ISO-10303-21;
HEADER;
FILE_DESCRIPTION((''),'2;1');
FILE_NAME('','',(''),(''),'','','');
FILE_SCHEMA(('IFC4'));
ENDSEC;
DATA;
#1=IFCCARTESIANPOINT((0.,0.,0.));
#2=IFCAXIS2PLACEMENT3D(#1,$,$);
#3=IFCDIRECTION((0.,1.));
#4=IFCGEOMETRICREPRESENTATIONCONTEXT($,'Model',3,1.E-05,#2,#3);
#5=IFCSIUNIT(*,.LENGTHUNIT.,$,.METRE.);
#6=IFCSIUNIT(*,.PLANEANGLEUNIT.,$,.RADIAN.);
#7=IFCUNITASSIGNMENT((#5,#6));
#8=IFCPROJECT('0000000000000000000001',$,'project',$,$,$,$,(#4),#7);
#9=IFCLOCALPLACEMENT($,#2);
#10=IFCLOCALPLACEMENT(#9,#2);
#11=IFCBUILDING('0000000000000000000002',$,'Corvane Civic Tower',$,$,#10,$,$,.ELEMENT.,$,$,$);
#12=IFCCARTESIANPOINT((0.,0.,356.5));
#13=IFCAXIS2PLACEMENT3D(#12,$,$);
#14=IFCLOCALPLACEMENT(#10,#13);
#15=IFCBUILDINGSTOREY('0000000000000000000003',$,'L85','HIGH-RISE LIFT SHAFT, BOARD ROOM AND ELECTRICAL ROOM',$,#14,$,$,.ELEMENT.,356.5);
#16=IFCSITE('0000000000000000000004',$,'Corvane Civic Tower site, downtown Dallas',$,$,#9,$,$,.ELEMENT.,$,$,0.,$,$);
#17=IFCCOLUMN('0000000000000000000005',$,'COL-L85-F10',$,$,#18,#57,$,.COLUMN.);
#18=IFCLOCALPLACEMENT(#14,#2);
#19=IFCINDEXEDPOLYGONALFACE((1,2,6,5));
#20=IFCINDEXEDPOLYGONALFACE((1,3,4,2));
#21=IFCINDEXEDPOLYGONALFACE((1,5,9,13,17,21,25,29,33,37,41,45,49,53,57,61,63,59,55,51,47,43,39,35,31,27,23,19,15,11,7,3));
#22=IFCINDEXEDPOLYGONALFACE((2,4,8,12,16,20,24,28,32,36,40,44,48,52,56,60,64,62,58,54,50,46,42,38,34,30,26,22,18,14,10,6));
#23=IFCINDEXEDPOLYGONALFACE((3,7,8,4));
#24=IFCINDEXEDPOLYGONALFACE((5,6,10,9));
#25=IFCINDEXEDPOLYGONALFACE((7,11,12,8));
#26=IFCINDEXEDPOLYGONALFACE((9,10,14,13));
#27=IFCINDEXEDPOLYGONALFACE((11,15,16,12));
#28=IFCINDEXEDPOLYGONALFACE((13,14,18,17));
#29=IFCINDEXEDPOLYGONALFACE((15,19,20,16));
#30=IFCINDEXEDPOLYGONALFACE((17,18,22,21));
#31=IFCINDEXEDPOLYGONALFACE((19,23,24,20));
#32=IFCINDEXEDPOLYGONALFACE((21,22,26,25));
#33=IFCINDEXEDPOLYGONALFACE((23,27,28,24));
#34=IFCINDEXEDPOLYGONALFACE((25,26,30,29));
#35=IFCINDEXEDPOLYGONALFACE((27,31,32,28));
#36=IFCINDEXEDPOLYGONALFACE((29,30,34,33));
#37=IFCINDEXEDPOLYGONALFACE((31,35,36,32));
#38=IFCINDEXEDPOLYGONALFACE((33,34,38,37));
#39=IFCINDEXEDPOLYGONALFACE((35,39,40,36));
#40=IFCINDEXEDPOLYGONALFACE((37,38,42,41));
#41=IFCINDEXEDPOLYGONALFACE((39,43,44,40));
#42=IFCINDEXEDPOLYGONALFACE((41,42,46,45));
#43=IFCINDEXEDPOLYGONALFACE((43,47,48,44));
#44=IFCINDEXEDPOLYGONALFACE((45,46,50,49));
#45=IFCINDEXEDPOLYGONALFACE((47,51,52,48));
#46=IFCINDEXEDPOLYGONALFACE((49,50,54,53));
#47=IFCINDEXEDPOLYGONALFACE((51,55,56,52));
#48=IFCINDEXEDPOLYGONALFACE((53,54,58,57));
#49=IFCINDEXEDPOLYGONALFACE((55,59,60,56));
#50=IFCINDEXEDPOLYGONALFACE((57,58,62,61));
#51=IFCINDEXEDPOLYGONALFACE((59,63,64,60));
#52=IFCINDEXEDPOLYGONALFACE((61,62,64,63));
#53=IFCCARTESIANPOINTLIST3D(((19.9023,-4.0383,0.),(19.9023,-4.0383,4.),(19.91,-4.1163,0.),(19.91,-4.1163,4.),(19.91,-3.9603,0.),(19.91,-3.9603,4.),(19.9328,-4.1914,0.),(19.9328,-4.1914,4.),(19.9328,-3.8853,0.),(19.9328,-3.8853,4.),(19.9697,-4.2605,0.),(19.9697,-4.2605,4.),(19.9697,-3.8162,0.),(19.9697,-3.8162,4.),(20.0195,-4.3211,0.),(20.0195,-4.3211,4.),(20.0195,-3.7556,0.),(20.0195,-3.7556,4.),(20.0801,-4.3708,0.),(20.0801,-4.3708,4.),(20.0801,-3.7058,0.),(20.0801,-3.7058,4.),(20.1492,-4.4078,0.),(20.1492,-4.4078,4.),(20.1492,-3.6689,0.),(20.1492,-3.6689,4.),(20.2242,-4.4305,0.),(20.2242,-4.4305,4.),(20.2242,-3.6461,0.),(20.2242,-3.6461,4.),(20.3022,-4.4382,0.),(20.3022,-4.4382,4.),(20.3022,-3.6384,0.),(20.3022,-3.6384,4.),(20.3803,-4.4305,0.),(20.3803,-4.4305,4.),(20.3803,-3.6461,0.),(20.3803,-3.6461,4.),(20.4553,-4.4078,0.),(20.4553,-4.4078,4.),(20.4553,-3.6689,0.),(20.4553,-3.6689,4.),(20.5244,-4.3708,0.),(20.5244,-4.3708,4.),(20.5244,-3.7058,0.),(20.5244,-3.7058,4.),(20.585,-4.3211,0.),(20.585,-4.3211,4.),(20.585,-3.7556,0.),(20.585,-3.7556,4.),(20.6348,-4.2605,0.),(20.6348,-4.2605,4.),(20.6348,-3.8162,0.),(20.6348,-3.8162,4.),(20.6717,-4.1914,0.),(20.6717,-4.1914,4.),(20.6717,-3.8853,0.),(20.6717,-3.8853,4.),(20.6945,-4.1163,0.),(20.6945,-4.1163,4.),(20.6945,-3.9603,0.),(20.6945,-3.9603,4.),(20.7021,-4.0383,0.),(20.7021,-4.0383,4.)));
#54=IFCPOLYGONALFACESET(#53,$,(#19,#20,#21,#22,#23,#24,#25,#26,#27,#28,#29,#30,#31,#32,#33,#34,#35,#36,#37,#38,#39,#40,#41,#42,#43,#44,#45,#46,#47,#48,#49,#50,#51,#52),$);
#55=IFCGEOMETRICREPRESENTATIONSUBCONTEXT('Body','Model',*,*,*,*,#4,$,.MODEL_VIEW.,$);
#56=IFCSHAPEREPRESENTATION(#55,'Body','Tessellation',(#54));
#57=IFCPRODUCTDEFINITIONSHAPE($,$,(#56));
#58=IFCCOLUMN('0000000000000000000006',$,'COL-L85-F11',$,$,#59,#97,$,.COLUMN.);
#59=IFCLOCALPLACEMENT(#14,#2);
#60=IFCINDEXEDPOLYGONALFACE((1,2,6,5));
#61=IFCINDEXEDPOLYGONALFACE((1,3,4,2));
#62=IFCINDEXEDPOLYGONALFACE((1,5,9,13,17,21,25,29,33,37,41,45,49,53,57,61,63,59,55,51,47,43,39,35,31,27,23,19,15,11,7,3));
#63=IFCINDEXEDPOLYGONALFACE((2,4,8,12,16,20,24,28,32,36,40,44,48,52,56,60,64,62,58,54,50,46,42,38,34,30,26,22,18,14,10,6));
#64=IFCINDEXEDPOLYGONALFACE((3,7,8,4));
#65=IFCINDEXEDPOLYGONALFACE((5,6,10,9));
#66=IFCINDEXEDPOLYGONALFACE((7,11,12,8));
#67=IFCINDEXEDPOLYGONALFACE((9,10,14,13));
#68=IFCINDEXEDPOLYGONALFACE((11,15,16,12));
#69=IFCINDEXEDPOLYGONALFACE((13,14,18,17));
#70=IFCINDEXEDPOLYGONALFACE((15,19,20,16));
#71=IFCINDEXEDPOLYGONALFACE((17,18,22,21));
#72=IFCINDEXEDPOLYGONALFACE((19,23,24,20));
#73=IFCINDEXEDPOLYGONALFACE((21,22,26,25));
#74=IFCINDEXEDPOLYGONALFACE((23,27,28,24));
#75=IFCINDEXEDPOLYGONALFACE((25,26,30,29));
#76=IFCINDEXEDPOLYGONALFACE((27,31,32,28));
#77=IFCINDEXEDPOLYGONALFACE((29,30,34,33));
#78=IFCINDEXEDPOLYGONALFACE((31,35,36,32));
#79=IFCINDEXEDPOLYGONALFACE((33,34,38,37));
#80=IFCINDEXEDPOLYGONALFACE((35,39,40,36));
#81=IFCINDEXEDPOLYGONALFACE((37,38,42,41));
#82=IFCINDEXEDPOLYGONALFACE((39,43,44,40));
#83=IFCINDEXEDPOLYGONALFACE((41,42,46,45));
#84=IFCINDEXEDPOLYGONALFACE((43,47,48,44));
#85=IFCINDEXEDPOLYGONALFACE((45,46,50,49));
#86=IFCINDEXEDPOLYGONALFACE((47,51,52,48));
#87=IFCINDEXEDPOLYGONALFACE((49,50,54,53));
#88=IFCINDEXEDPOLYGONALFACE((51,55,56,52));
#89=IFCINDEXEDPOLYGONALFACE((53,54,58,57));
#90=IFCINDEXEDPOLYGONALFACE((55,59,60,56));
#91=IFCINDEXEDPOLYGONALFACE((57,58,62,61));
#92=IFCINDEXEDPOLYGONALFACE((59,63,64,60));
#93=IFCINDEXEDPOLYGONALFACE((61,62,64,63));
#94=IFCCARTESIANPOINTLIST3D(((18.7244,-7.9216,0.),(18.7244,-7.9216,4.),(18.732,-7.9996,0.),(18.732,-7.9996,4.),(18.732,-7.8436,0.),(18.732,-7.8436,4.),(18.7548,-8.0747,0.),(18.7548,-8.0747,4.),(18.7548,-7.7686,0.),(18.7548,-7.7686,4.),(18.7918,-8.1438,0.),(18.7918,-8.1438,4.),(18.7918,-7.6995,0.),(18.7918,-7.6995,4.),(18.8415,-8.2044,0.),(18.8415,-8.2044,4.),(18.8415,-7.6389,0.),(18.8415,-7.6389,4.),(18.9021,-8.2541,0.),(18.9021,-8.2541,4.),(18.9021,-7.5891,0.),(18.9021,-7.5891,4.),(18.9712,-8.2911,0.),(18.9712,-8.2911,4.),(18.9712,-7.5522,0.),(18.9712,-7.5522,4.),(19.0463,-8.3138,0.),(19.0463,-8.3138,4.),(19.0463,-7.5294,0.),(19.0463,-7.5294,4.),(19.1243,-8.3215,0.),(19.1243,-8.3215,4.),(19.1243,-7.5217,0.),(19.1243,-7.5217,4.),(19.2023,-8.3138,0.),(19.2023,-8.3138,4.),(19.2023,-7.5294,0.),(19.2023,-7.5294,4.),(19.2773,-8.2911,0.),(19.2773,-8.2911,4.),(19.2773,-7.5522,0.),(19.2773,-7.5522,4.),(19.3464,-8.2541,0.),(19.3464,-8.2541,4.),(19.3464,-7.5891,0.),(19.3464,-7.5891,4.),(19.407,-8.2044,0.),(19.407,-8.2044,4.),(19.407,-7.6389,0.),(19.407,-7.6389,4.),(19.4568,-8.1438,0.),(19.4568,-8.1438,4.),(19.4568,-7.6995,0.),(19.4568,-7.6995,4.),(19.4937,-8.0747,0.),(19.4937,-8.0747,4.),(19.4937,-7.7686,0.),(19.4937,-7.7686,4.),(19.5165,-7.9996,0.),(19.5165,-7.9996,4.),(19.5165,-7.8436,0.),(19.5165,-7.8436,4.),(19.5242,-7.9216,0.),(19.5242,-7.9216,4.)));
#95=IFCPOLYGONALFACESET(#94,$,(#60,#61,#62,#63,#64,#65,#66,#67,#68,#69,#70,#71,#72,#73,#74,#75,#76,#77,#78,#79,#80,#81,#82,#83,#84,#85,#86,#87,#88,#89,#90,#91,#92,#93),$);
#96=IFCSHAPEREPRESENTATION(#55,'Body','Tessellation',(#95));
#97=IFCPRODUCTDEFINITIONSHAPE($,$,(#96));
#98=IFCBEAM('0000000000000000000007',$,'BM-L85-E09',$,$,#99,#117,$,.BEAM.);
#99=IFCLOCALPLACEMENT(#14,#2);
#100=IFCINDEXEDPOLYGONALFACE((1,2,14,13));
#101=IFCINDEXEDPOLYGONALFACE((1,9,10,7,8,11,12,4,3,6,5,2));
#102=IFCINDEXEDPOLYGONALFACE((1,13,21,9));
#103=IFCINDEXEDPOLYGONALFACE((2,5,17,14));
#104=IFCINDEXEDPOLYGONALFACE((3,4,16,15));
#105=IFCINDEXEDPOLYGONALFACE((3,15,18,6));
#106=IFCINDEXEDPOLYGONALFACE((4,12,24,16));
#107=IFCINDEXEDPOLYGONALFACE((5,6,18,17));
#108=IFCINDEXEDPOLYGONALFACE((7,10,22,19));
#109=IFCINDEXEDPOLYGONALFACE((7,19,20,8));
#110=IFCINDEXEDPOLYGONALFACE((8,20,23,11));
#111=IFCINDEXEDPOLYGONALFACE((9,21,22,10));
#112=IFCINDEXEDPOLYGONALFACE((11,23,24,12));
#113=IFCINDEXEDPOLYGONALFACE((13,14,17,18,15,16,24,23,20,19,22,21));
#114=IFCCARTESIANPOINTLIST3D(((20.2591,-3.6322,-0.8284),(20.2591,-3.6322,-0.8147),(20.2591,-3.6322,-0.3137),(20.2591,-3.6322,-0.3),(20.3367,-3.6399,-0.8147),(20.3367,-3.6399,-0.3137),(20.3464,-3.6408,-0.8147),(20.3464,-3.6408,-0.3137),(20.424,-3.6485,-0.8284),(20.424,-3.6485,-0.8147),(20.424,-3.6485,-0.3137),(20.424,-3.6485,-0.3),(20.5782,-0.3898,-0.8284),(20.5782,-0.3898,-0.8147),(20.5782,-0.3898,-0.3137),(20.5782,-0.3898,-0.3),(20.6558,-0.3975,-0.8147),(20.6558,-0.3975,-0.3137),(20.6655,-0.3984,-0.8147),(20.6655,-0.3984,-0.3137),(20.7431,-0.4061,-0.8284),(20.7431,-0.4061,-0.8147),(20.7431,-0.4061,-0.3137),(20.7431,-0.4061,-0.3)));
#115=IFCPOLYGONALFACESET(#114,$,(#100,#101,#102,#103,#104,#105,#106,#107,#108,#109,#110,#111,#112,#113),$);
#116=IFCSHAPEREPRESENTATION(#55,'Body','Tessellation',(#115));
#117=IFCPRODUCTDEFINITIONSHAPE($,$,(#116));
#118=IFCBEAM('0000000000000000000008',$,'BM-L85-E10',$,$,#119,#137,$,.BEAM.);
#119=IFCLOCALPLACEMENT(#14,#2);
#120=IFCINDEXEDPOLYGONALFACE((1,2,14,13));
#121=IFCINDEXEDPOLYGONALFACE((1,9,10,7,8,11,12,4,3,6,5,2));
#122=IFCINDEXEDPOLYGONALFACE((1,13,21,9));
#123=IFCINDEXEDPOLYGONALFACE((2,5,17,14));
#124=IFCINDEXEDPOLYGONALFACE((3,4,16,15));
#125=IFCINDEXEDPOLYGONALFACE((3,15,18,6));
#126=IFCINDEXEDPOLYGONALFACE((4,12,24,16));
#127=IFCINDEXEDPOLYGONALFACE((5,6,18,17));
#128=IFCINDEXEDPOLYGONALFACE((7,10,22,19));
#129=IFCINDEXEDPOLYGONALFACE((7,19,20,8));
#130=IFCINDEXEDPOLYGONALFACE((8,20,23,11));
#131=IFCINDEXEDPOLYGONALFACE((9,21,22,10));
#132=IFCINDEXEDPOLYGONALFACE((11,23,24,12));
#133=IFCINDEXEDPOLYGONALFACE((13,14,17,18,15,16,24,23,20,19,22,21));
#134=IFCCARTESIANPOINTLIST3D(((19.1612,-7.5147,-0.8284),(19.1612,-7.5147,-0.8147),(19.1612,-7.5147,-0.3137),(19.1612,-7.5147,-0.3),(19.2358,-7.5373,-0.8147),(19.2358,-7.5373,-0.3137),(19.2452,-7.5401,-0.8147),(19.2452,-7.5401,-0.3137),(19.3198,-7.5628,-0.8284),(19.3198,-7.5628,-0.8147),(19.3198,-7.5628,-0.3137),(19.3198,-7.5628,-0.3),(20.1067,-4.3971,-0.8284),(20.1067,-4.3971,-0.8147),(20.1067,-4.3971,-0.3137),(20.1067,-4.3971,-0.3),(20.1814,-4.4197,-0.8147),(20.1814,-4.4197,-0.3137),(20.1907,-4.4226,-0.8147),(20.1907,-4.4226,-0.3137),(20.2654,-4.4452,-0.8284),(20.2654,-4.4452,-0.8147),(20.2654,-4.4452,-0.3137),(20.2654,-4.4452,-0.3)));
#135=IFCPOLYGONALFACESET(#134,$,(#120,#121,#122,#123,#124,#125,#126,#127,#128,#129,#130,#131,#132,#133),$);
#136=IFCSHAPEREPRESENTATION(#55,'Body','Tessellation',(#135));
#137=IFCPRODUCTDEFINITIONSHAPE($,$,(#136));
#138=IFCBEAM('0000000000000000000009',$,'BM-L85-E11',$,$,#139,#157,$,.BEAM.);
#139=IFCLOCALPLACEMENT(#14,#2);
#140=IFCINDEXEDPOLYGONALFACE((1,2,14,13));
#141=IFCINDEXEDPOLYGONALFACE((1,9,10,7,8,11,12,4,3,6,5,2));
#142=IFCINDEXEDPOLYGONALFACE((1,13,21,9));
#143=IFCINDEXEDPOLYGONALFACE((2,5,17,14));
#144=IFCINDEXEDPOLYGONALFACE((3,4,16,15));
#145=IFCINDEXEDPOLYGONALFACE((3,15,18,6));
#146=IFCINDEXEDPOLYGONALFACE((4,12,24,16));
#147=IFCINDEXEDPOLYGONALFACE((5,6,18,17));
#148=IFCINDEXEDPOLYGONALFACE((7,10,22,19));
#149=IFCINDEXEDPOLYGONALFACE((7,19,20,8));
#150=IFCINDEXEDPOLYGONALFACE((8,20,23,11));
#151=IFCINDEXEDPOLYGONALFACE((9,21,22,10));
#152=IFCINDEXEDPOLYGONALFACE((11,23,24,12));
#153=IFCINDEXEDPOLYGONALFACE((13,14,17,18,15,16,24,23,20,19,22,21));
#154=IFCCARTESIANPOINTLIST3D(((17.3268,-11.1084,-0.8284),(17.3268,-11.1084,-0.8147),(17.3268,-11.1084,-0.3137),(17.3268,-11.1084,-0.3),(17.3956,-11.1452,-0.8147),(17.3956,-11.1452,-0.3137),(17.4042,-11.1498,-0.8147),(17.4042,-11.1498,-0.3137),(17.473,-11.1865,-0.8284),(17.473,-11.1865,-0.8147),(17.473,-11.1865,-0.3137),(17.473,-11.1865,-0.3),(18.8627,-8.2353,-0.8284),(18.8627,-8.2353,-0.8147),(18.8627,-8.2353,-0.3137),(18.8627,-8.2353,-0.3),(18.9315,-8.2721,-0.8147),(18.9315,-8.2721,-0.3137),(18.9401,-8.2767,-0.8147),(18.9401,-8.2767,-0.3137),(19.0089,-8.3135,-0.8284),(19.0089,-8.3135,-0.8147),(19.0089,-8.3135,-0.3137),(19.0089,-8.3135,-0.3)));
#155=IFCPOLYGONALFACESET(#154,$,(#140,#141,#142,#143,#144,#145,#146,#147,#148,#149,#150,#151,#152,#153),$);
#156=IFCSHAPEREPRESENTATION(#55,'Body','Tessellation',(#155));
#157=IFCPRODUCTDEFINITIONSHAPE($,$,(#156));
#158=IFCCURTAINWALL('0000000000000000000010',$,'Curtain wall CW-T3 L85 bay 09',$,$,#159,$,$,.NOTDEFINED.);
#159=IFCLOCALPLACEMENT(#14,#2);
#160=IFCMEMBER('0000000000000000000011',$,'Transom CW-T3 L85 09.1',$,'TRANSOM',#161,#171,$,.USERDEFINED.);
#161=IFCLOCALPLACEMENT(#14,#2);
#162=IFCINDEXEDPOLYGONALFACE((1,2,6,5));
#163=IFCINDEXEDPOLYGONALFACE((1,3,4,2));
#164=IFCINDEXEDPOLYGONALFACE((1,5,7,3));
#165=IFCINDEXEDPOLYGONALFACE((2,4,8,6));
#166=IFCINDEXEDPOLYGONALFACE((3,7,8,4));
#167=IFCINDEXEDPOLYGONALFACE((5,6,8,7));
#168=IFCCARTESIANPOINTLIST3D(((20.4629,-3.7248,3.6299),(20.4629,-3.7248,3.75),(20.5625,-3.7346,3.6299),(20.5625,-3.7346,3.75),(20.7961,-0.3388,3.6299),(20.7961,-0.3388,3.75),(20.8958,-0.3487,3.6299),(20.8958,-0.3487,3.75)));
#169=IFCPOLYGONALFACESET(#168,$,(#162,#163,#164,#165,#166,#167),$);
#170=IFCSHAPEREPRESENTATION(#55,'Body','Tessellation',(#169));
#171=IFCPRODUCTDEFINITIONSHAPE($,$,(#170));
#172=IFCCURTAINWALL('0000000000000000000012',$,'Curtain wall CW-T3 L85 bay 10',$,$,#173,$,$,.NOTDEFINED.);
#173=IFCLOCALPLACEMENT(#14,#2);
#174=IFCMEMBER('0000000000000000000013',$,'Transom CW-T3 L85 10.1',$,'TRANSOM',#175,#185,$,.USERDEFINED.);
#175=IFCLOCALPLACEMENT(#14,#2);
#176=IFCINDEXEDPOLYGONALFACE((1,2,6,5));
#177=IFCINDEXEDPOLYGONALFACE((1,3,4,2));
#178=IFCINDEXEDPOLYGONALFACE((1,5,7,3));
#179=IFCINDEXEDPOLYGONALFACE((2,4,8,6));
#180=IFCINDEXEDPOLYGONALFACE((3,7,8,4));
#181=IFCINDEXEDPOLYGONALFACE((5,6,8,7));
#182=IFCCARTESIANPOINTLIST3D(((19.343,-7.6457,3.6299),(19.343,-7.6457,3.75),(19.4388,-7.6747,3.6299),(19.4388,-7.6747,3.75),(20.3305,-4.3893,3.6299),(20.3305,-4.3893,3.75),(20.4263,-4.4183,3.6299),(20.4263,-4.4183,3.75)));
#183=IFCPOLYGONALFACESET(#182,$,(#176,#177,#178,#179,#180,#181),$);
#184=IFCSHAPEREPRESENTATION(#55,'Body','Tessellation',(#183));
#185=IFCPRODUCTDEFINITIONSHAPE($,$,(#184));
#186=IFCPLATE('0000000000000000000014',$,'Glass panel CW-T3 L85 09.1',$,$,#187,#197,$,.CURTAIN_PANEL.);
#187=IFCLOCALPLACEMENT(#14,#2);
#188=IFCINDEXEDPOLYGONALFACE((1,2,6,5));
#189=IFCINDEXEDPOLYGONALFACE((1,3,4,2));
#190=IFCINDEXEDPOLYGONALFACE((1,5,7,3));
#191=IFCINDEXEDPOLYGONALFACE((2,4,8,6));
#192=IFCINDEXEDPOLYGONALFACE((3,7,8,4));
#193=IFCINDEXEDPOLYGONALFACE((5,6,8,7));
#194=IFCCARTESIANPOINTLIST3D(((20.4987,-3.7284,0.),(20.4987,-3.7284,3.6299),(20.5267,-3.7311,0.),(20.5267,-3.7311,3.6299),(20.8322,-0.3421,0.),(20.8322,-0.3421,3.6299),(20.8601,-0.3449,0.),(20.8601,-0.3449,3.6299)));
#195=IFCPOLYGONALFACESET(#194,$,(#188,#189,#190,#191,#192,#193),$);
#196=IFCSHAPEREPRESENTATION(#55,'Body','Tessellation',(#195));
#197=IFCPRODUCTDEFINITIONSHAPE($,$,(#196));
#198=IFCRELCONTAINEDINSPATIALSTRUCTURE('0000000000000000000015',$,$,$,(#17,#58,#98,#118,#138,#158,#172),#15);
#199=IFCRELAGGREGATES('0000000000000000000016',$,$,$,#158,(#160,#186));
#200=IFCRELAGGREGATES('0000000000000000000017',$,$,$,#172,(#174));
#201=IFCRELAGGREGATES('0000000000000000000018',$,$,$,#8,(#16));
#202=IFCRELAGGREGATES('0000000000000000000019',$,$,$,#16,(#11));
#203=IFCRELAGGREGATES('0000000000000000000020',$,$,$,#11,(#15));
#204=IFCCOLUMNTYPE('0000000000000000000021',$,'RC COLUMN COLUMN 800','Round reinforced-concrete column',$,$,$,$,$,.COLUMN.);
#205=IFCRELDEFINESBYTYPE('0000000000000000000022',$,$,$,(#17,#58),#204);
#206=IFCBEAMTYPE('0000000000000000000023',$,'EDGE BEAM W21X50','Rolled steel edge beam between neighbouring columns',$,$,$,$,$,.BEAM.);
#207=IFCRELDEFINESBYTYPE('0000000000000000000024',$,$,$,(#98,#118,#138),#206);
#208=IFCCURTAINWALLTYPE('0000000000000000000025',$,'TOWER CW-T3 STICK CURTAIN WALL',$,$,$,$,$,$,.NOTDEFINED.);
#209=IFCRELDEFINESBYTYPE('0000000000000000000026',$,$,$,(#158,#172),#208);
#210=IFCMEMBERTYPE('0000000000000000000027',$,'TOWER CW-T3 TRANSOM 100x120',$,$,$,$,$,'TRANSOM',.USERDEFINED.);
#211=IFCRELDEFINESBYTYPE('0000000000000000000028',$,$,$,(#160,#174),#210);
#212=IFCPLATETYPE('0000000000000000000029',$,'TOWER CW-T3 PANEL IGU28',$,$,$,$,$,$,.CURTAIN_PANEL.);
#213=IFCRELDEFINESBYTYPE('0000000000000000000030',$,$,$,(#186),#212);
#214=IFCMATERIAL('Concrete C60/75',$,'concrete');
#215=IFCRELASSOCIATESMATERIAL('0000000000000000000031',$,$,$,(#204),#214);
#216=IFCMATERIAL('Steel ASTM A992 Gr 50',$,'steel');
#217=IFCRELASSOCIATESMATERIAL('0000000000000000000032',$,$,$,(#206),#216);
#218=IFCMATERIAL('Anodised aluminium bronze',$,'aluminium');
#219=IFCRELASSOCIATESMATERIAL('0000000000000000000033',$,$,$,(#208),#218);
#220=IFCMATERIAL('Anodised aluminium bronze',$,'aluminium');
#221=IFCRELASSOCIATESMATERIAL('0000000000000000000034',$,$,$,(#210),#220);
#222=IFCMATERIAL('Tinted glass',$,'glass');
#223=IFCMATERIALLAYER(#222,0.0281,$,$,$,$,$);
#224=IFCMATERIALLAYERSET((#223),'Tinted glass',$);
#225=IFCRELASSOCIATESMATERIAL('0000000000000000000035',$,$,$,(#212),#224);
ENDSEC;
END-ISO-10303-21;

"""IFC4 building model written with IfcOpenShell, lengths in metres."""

from ifc_helpers import new_model, si_unit, direction, frame, origin, origin_2d, place, context, subcontext, project, spatial, rectangle, circle, i_section, extrude, material, layer, layer_set, material_profile, profile_set, type_object, element, aggregate, save


model = new_model("IFC4")

# Units and contexts
model_context = context("Model", 3, precision=1e-05, world=origin(), true_north=direction((0.0, 1.0)))
body_context = subcontext(model_context, "Body", "Model", "MODEL_VIEW")
ifc_project = project(units=[si_unit("LENGTHUNIT", "METRE"), si_unit("PLANEANGLEUNIT", "RADIAN")], contexts=[model_context])

# Site, building, storey
site_placement = place(None, origin())
site = spatial("IfcSite", under=ifc_project, at=site_placement, Name="Corvane Civic Tower site, downtown Dallas", CompositionType="ELEMENT", RefElevation=0.0)
building_placement = place(site_placement, origin())
building = spatial("IfcBuilding", under=site, at=building_placement, Name="Corvane Civic Tower", CompositionType="ELEMENT")
storey_placement = place(building_placement, frame((0.0, 0.0, 356.5)))
storey = spatial("IfcBuildingStorey", under=building, at=storey_placement, Name="L85", Description="HIGH-RISE LIFT SHAFT, BOARD ROOM AND ELECTRICAL ROOM", CompositionType="ELEMENT", Elevation=356.5)

# Columns
ifc_material_1 = material(Name="Concrete C60/75", Category="concrete")
ifc_material_profile_1 = material_profile(ifc_material_1, circle(Radius=0.3999, at=origin_2d()), Name="COLUMN 800")
ifc_profile_set_1 = profile_set([ifc_material_profile_1], Name="Concrete C60/75")
column_type = type_object("IfcColumnType", Name="RC COLUMN COLUMN 800", Description="Round reinforced-concrete column", PredefinedType="COLUMN", material=ifc_profile_set_1)
for number, where, z_axis, x_axis, name in (
    (1, (20.3022, -4.0383, 0.0), (0.0, 0.0, 1.0), (1.0, 0.0, 0.0), "COL-L85-F10"),
    (2, (19.1243, -7.9216, 0.0), (0.0, 0.0, 1.0), (1.0, 0.0, 0.0), "COL-L85-F11"),
):
    element("IfcColumn", number, at=place(storey_placement, frame(where, z_axis=z_axis, x_axis=x_axis)), inside=storey, type_object=column_type, Name=name, PredefinedType="COLUMN", context=body_context, shape_type="SweptSolid", body=[
        extrude(circle(Radius=0.3999, at=origin_2d()), origin(), (0.0, 0.0, 1.0), 4.0),
    ])

# Beams
ifc_material_2 = material(Name="Steel ASTM A992 Gr 50", Category="steel")
ifc_material_profile_2 = material_profile(ifc_material_2, i_section(OverallWidth=0.1658, OverallDepth=0.5283, WebThickness=0.0098, FlangeThickness=0.0137, at=origin_2d()), Name="W21X50")
ifc_profile_set_2 = profile_set([ifc_material_profile_2], Name="Steel ASTM A992 Gr 50")
beam_type = type_object("IfcBeamType", Name="EDGE BEAM W21X50", Description="Rolled steel edge beam between neighbouring columns", PredefinedType="BEAM", material=ifc_profile_set_2)
beam_placement = place(storey_placement, frame((20.6606, -0.3979, -0.5642), z_axis=(-0.097938, -0.995193, 0.0), x_axis=(0.995193, -0.097938, 0.0)))
element("IfcBeam", 3, at=beam_placement, inside=storey, type_object=beam_type, Name="BM-L85-E09", PredefinedType="BEAM", context=body_context, shape_type="SweptSolid", body=[
    extrude(i_section(OverallWidth=0.1658, OverallDepth=0.5283, WebThickness=0.0098, FlangeThickness=0.0137, at=origin_2d()), origin(), (0.0, 0.0, 1.0), 3.2581),
])
for number, where, z_axis, x_axis, name in (
    (4, (20.186, -4.4211, -0.5642), (-0.290234, -0.956956, 0.0), (0.956956, -0.290234, 0.0), "BM-L85-E10"),
    (5, (18.9358, -8.2744, -0.5642), (-0.471448, -0.881894, 0.0), (0.881894, -0.471448, 0.0), "BM-L85-E11"),
):
    element("IfcBeam", number, at=place(storey_placement, frame(where, z_axis=z_axis, x_axis=x_axis)), inside=storey, type_object=beam_type, Name=name, PredefinedType="BEAM", context=body_context, shape_type="SweptSolid", body=[
        extrude(i_section(OverallWidth=0.1658, OverallDepth=0.5283, WebThickness=0.0098, FlangeThickness=0.0137, at=origin_2d()), origin(), (0.0, 0.0, 1.0), 3.2578),
    ])

# Curtain walls, members
ifc_material_3 = material(Name="Anodised aluminium bronze", Category="aluminium")
curtain_wall_type = type_object("IfcCurtainWallType", Name="TOWER CW-T3 STICK CURTAIN WALL", PredefinedType="NOTDEFINED", material=ifc_material_3)
curtain_wall_1_placement = place(storey_placement, origin())
curtain_wall_1 = element("IfcCurtainWall", 6, at=curtain_wall_1_placement, inside=storey, type_object=curtain_wall_type, Name="Curtain wall CW-T3 L85 bay 09", PredefinedType="NOTDEFINED")
ifc_material_4 = material(Name="Anodised aluminium bronze", Category="aluminium")
ifc_material_profile_3 = material_profile(ifc_material_4, rectangle(XDim=0.1001, YDim=0.1201, at=origin_2d()), Name="TOWER CW-T3 TRANSOM 100x120")
ifc_profile_set_3 = profile_set([ifc_material_profile_3], Name="Anodised aluminium bronze")
member_type = type_object("IfcMemberType", Name="TOWER CW-T3 TRANSOM 100x120", ElementType="TRANSOM", PredefinedType="USERDEFINED", material=ifc_profile_set_3)
member_1_placement = place(storey_placement, frame((20.8459, -0.3438, 3.6899), z_axis=(-0.097948, -0.995192, 0.0), x_axis=(0.995192, -0.097948, 0.0)))
member_1 = element("IfcMember", 7, at=member_1_placement, type_object=member_type, Name="Transom CW-T3 L85 09.1", ObjectType="TRANSOM", PredefinedType="USERDEFINED", context=body_context, shape_type="SweptSolid", body=[
    extrude(rectangle(XDim=0.1001, YDim=0.1201, at=origin_2d()), origin(), (0.0, 0.0, 1.0), 3.4023),
])
curtain_wall_2_placement = place(storey_placement, origin())
curtain_wall_2 = element("IfcCurtainWall", 8, at=curtain_wall_2_placement, inside=storey, type_object=curtain_wall_type, Name="Curtain wall CW-T3 L85 bay 10", PredefinedType="NOTDEFINED")
member_2_placement = place(storey_placement, frame((20.3784, -4.4038, 3.6899), z_axis=(-0.290216, -0.956961, 0.0), x_axis=(0.956961, -0.290216, 0.0)))
member_2 = element("IfcMember", 9, at=member_2_placement, type_object=member_type, Name="Transom CW-T3 L85 10.1", ObjectType="TRANSOM", PredefinedType="USERDEFINED", context=body_context, shape_type="SweptSolid", body=[
    extrude(rectangle(XDim=0.1001, YDim=0.1201, at=origin_2d()), origin(), (0.0, 0.0, 1.0), 3.4028),
])

# Plate
ifc_material_5 = material(Name="Tinted glass", Category="glass")
ifc_layer_1 = layer(ifc_material_5, 0.0281)
ifc_layer_set_1 = layer_set([ifc_layer_1], Name="Tinted glass")
plate_type = type_object("IfcPlateType", Name="TOWER CW-T3 PANEL IGU28", PredefinedType="CURTAIN_PANEL", material=ifc_layer_set_1)
plate_1_placement = place(storey_placement, frame((20.6794, -2.0366, 0.0), z_axis=(0.0, 0.0, 1.0), x_axis=(-0.097998, -0.995187, 0.0)))
plate_1 = element("IfcPlate", 10, at=plate_1_placement, type_object=plate_type, Name="Glass panel CW-T3 L85 09.1", PredefinedType="CURTAIN_PANEL", context=body_context, shape_type="SweptSolid", body=[
    extrude(rectangle(XDim=3.4026, YDim=0.0281, at=origin_2d()), origin(), (0.0, 0.0, 1.0), 3.6299),
])
aggregate(curtain_wall_1, [member_1, plate_1])
aggregate(curtain_wall_2, [member_2])

save(model, "model.ifc")
